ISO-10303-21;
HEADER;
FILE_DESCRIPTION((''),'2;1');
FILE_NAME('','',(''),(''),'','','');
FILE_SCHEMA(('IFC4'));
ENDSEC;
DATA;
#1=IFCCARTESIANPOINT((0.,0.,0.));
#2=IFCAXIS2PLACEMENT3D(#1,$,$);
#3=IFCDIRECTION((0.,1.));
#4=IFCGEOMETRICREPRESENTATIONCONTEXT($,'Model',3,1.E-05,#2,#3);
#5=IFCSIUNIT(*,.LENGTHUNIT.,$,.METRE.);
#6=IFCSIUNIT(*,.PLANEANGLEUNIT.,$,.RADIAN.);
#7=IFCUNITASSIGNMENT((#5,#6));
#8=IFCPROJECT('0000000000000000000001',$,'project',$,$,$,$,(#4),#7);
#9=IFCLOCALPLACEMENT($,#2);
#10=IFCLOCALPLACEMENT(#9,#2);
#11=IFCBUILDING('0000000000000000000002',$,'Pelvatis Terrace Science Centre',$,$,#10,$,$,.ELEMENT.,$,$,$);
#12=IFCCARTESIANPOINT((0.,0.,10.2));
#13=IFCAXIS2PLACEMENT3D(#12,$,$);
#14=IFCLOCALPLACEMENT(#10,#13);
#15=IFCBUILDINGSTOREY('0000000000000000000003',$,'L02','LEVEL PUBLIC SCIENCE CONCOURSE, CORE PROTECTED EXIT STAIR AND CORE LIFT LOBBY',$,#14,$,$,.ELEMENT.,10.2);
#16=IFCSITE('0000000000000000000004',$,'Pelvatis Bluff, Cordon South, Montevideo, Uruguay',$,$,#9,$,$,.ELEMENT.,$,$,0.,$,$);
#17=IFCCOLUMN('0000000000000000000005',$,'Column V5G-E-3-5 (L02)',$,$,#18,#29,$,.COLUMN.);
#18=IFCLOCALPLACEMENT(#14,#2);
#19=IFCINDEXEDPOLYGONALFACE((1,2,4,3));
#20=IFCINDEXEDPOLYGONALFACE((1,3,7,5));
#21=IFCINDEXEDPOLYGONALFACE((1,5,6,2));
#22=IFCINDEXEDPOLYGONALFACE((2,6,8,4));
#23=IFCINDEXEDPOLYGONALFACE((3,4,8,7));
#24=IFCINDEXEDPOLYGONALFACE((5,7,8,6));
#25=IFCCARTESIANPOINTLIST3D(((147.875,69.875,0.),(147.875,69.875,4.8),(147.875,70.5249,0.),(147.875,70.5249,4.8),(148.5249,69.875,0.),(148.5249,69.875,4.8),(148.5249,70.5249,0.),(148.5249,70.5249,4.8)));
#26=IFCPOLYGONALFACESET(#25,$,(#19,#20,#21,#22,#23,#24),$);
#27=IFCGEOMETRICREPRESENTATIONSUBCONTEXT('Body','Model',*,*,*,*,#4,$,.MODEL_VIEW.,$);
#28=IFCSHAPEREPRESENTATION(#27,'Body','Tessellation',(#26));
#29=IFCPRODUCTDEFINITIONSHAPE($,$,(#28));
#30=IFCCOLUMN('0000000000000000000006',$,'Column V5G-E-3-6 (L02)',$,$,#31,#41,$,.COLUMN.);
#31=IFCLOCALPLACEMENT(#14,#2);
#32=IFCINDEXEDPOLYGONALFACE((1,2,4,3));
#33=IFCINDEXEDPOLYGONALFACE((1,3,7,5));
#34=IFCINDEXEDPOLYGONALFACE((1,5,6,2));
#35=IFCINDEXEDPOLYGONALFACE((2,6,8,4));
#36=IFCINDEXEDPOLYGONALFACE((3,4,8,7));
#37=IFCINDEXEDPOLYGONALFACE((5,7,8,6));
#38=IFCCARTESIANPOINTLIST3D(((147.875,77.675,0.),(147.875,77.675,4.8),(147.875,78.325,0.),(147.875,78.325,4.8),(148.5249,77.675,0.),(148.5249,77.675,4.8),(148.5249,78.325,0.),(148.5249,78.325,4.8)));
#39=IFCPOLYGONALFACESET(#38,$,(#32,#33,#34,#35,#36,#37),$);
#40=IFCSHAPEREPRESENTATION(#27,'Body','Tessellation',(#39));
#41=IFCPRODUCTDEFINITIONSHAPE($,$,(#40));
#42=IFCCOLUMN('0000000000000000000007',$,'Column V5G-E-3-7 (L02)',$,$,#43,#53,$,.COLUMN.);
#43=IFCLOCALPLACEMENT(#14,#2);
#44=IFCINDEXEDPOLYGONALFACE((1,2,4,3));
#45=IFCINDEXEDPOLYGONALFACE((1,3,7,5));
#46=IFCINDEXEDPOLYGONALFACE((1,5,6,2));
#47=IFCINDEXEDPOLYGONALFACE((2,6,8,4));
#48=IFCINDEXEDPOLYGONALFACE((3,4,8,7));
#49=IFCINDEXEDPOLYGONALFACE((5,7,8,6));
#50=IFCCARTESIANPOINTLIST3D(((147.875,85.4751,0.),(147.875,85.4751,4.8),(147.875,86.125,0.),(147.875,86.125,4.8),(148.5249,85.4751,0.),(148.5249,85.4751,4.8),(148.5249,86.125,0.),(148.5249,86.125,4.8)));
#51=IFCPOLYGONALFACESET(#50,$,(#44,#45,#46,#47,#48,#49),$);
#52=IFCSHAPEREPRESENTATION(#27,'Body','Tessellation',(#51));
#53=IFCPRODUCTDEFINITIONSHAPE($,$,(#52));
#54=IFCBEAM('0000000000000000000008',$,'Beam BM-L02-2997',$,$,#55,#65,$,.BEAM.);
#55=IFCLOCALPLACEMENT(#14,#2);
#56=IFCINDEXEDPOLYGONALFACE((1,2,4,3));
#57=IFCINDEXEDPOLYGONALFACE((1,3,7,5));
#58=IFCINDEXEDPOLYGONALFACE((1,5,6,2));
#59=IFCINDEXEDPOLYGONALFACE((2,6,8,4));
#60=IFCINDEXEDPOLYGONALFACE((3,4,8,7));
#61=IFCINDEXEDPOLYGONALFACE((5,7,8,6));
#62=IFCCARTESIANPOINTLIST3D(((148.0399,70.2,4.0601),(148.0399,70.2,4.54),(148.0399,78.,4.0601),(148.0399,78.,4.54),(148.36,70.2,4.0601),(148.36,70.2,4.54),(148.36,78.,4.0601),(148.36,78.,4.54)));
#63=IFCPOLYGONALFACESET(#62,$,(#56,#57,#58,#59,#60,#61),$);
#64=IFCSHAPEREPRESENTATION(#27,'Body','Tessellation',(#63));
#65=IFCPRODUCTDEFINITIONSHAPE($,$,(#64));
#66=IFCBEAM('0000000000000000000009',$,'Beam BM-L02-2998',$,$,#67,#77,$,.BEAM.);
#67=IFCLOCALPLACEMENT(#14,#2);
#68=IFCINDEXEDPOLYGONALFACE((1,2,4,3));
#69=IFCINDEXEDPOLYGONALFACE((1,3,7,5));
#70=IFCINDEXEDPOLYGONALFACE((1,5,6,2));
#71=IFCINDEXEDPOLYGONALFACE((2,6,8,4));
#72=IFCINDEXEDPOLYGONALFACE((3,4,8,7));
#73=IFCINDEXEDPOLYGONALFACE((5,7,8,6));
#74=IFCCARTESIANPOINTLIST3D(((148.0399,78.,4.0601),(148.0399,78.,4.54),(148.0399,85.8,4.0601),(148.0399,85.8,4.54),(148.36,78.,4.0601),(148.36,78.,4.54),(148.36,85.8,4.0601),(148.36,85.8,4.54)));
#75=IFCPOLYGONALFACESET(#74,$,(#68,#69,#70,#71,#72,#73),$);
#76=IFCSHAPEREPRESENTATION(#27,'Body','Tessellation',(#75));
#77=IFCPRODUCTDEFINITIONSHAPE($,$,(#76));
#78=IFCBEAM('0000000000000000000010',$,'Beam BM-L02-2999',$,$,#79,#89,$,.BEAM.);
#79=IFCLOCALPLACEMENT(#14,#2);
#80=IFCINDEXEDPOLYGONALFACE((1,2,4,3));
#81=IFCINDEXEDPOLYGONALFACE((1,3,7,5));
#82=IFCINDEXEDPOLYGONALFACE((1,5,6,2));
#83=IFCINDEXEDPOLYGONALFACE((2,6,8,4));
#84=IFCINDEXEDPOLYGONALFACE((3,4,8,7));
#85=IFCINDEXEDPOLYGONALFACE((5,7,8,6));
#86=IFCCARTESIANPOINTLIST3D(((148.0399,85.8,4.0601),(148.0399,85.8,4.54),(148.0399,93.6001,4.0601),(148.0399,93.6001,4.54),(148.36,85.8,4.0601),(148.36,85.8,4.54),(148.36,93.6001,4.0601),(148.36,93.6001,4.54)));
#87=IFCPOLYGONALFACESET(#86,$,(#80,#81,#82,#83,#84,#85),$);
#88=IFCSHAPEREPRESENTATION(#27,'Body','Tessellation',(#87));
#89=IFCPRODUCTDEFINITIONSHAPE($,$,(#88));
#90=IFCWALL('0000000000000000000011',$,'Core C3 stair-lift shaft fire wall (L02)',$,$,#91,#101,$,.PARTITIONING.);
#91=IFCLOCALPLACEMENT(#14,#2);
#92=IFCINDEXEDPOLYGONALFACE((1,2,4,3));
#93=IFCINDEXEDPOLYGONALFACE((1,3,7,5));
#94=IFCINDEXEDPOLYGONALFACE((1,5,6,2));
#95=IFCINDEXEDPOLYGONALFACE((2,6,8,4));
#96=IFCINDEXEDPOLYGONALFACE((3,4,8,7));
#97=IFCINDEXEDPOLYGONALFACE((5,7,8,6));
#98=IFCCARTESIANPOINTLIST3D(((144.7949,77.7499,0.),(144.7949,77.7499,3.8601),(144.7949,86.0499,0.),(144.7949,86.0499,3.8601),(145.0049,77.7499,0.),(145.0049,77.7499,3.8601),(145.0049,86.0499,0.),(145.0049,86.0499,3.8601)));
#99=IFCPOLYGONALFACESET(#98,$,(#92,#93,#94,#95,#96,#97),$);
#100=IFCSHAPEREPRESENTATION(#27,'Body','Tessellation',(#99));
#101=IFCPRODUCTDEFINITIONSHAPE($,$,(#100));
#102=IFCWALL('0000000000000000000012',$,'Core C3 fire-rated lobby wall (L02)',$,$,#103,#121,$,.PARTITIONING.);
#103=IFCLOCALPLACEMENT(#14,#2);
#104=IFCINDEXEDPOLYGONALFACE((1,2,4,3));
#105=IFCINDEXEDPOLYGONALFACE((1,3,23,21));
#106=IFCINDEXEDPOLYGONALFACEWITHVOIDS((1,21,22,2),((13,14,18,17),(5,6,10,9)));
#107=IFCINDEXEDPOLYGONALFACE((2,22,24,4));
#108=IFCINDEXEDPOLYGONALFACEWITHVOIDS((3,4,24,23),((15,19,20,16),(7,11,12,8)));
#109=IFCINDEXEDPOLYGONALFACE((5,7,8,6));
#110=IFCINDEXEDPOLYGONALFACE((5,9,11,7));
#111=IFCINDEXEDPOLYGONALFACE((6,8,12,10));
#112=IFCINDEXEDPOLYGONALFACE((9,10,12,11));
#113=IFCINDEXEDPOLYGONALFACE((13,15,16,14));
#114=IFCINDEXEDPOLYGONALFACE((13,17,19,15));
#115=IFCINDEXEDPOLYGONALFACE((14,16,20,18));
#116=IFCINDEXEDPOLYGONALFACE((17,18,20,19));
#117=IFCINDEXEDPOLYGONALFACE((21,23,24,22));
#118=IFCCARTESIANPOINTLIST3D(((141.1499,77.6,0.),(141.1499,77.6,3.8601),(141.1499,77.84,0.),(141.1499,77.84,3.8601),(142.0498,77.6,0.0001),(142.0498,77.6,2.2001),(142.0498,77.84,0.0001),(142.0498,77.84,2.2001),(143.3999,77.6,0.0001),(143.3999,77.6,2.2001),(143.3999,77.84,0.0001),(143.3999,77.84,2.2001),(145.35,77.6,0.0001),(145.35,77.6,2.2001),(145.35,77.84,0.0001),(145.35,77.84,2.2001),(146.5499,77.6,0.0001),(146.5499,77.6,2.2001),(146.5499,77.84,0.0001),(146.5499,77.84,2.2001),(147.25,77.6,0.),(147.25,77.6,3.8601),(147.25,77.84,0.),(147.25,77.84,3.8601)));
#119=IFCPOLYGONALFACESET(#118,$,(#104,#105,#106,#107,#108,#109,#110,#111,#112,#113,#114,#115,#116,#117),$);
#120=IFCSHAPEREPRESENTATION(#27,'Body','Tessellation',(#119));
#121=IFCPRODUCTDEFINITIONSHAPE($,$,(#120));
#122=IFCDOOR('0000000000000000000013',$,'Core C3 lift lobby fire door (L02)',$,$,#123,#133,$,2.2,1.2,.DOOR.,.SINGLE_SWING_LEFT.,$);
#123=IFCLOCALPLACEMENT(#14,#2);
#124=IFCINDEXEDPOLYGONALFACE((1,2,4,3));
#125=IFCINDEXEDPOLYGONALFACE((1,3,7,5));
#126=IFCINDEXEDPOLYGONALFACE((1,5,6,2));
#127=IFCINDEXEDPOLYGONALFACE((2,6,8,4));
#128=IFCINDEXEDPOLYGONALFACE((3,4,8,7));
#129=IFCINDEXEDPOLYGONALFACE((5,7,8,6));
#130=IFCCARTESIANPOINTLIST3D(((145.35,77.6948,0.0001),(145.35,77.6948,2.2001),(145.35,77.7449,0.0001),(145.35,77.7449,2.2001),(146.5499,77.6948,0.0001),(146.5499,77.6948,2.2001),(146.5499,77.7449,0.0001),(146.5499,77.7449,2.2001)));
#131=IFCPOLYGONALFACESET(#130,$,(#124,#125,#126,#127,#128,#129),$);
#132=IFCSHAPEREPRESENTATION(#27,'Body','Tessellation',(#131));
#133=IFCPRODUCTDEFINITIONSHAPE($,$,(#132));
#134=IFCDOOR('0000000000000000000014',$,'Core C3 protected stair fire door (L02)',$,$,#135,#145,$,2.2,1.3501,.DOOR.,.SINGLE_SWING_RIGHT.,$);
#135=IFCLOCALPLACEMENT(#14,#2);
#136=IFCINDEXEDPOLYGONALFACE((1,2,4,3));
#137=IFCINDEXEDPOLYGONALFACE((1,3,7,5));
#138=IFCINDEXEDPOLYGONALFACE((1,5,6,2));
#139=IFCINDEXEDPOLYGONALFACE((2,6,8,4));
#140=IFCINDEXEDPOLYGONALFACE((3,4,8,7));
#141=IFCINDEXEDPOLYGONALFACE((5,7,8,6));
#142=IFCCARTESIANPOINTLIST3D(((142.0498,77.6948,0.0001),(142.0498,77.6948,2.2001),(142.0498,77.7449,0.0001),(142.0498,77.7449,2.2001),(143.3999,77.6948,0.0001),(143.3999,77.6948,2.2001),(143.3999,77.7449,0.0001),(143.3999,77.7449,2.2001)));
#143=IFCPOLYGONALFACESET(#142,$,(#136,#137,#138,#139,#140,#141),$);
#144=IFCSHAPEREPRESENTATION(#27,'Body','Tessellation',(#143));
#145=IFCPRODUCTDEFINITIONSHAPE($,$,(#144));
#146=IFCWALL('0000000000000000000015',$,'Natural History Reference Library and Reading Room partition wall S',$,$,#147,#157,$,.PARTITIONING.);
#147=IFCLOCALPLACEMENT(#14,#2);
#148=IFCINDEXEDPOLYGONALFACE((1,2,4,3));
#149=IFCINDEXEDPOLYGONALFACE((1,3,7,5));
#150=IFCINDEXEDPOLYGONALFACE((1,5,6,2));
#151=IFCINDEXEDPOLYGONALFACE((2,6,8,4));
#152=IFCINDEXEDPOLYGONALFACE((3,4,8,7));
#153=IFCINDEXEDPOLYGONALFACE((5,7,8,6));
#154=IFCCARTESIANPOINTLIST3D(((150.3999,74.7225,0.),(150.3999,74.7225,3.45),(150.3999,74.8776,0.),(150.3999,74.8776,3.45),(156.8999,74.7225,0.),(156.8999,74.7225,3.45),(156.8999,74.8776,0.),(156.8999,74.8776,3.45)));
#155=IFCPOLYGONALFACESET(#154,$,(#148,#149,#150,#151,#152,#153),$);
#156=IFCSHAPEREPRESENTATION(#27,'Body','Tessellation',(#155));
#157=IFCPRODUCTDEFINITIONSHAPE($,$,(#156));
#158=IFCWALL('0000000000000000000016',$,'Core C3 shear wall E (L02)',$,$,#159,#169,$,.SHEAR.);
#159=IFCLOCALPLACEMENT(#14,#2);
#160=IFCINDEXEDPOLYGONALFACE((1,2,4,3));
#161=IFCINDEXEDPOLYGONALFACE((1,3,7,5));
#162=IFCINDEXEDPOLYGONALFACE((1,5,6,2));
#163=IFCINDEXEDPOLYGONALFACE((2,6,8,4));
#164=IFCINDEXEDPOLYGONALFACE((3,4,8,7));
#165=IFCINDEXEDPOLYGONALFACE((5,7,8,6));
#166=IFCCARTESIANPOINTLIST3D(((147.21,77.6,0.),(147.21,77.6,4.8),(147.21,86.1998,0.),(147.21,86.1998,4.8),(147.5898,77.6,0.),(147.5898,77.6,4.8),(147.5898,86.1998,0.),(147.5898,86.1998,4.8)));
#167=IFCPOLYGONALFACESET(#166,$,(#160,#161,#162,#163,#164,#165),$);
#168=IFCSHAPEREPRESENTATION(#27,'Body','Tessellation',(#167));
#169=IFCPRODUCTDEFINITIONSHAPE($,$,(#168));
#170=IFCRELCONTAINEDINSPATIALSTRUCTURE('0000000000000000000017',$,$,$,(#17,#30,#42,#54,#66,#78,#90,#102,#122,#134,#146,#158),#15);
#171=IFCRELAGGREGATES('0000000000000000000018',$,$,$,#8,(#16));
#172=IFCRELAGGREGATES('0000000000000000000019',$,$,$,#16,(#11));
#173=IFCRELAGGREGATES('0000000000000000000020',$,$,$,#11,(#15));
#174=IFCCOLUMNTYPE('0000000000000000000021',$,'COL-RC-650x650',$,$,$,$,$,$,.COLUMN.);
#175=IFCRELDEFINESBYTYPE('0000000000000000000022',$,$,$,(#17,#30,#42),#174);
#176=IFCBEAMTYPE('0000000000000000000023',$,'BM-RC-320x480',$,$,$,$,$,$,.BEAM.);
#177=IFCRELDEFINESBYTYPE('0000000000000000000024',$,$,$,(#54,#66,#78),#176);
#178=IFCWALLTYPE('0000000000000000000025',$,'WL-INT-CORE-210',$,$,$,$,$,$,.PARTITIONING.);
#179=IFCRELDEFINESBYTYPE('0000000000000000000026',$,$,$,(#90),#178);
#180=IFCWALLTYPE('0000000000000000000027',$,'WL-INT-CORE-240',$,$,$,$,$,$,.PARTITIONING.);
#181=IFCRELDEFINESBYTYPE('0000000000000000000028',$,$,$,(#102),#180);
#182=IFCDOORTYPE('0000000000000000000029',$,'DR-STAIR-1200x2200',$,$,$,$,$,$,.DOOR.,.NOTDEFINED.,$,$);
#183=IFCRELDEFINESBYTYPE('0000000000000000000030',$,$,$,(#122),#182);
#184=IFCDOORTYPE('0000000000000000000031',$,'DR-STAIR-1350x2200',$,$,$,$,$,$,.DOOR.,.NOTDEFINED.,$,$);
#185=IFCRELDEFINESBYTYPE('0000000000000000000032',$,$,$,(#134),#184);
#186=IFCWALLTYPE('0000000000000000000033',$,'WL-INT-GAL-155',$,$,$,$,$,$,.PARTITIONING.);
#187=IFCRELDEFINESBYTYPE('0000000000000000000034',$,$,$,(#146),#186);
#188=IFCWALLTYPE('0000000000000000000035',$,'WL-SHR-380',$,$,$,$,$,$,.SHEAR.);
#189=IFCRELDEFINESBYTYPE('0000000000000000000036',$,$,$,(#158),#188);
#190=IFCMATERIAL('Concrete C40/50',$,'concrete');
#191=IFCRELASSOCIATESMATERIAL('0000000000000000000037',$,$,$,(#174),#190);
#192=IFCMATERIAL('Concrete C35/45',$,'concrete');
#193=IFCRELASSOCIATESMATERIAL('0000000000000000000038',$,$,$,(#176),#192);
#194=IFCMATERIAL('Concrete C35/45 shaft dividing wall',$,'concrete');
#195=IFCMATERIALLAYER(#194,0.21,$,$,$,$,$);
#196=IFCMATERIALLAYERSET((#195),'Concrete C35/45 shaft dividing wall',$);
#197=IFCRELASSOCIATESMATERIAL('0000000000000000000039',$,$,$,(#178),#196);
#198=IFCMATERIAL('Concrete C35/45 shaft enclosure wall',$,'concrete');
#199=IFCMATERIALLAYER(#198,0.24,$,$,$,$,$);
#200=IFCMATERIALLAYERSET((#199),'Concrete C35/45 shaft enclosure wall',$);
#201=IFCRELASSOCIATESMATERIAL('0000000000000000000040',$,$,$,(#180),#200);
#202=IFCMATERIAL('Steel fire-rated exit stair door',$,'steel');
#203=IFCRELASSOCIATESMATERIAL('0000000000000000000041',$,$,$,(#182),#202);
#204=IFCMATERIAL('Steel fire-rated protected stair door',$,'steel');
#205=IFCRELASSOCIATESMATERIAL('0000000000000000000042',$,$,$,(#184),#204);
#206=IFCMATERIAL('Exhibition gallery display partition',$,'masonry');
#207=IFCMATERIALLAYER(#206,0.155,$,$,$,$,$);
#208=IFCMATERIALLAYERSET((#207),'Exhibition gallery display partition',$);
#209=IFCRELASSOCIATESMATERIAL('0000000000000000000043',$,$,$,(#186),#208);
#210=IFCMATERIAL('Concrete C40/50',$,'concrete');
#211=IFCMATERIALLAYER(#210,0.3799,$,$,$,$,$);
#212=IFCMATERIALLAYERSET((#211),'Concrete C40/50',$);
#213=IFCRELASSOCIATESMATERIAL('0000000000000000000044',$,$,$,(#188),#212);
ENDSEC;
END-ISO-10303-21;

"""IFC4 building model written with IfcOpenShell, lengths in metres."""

from ifc_helpers import new_model, si_unit, direction, frame, frame_2d, origin, origin_2d, place, context, subcontext, project, spatial, rectangle, extrude, material, layer, layer_set, material_profile, profile_set, type_object, element, fill, save


model = new_model("IFC4")

# Units and contexts
model_context = context("Model", 3, precision=1e-05, world=origin(), true_north=direction((0.0, 1.0)))
body_context = subcontext(model_context, "Body", "Model", "MODEL_VIEW")
ifc_project = project(units=[si_unit("LENGTHUNIT", "METRE"), si_unit("PLANEANGLEUNIT", "RADIAN")], contexts=[model_context])

# Site, building, storey
site_placement = place(None, origin())
site = spatial("IfcSite", under=ifc_project, at=site_placement, Name="Pelvatis Bluff, Cordon South, Montevideo, Uruguay", CompositionType="ELEMENT", RefElevation=0.0)
building_placement = place(site_placement, origin())
building = spatial("IfcBuilding", under=site, at=building_placement, Name="Pelvatis Terrace Science Centre", CompositionType="ELEMENT")
storey_placement = place(building_placement, frame((0.0, 0.0, 10.2)))
storey = spatial("IfcBuildingStorey", under=building, at=storey_placement, Name="L02", Description="LEVEL PUBLIC SCIENCE CONCOURSE, CORE PROTECTED EXIT STAIR AND CORE LIFT LOBBY", CompositionType="ELEMENT", Elevation=10.2)

# Columns
ifc_material_1 = material(Name="Concrete C40/50", Category="concrete")
ifc_material_profile_1 = material_profile(ifc_material_1, rectangle(XDim=0.6499, YDim=0.6499, at=origin_2d()), Name="RC-COL 650x650")
ifc_profile_set_1 = profile_set([ifc_material_profile_1], Name="Concrete C40/50")
column_type = type_object("IfcColumnType", Name="COL-RC-650x650", PredefinedType="COLUMN", material=ifc_profile_set_1)
for number, where, z_axis, x_axis, name in (
    (1, (148.2, 70.2, 0.0), (0.0, 0.0, 1.0), (1.0, 0.0, 0.0), "Column V5G-E-3-5 (L02)"),
    (2, (148.2, 78.0, 0.0), (0.0, 0.0, 1.0), (1.0, 0.0, 0.0), "Column V5G-E-3-6 (L02)"),
    (3, (148.2, 85.8, 0.0), (0.0, 0.0, 1.0), (1.0, 0.0, 0.0), "Column V5G-E-3-7 (L02)"),
):
    element("IfcColumn", number, at=place(storey_placement, frame(where, z_axis=z_axis, x_axis=x_axis)), inside=storey, type_object=column_type, Name=name, PredefinedType="COLUMN", context=body_context, shape_type="SweptSolid", body=[
        extrude(rectangle(XDim=0.6499, YDim=0.6499, at=origin_2d()), origin(), (0.0, 0.0, 1.0), 4.8),
    ])

# Beams
ifc_material_2 = material(Name="Concrete C35/45", Category="concrete")
ifc_material_profile_2 = material_profile(ifc_material_2, rectangle(XDim=0.3201, YDim=0.48, at=origin_2d()), Name="RC-BM 320x480")
ifc_profile_set_2 = profile_set([ifc_material_profile_2], Name="Concrete C35/45")
beam_type = type_object("IfcBeamType", Name="BM-RC-320x480", PredefinedType="BEAM", material=ifc_profile_set_2)
for number, where, z_axis, x_axis, name in (
    (4, (148.2, 70.2, 4.3), (0.0, 1.0, 0.0), (-1.0, 0.0, 0.0), "Beam BM-L02-2997"),
    (5, (148.2, 78.0, 4.3), (0.0, 1.0, 0.0), (-1.0, 0.0, 0.0), "Beam BM-L02-2998"),
    (6, (148.2, 85.8, 4.3), (0.0, 1.0, 0.0), (-1.0, 0.0, 0.0), "Beam BM-L02-2999"),
):
    element("IfcBeam", number, at=place(storey_placement, frame(where, z_axis=z_axis, x_axis=x_axis)), inside=storey, type_object=beam_type, Name=name, PredefinedType="BEAM", context=body_context, shape_type="SweptSolid", body=[
        extrude(rectangle(XDim=0.3201, YDim=0.48, at=origin_2d()), origin(), (0.0, 0.0, 1.0), 7.8),
    ])

# Wall
ifc_material_3 = material(Name="Concrete C35/45 shaft dividing wall", Category="concrete")
ifc_layer_1 = layer(ifc_material_3, 0.21)
ifc_layer_set_1 = layer_set([ifc_layer_1], Name="Concrete C35/45 shaft dividing wall")
wall_type_1 = type_object("IfcWallType", Name="WL-INT-CORE-210", PredefinedType="PARTITIONING", material=ifc_layer_set_1)
wall_1_placement = place(storey_placement, frame((144.8999, 77.75, 0.0), z_axis=(0.0, 0.0, 1.0), x_axis=(0.0, 1.0, 0.0)))
element("IfcWall", 7, at=wall_1_placement, inside=storey, type_object=wall_type_1, Name="Core C3 stair-lift shaft fire wall (L02)", PredefinedType="PARTITIONING", context=body_context, shape_type="SweptSolid", body=[
    extrude(rectangle(XDim=8.3, YDim=0.21, at=frame_2d((4.1499, 0.0))), origin(), (0.0, 0.0, 1.0), 3.8601),
])

# Wall, openings, doors
ifc_material_4 = material(Name="Concrete C35/45 shaft enclosure wall", Category="concrete")
ifc_layer_2 = layer(ifc_material_4, 0.24)
ifc_layer_set_2 = layer_set([ifc_layer_2], Name="Concrete C35/45 shaft enclosure wall")
wall_type_2 = type_object("IfcWallType", Name="WL-INT-CORE-240", PredefinedType="PARTITIONING", material=ifc_layer_set_2)
wall_2_placement = place(storey_placement, frame((141.1499, 77.72, 0.0), z_axis=(0.0, 0.0, 1.0), x_axis=(1.0, 0.0, 0.0)))
wall_2 = element("IfcWall", 8, at=wall_2_placement, inside=storey, type_object=wall_type_2, Name="Core C3 fire-rated lobby wall (L02)", PredefinedType="PARTITIONING", context=body_context, shape_type="SweptSolid", body=[
    extrude(rectangle(XDim=6.1001, YDim=0.24, at=frame_2d((3.05, 0.0))), origin(), (0.0, 0.0, 1.0), 3.8601),
])
opening_1_placement = place(wall_2_placement, frame((0.8999, 0.0, 0.0)))
opening_1 = element("IfcOpeningElement", 9, at=opening_1_placement, cuts=wall_2, PredefinedType="OPENING", context=body_context, shape_type="SweptSolid", body=[
    extrude(rectangle(XDim=1.3501, YDim=2.2, at=frame_2d((0.675, 1.1001))), frame((0.0, 0.1299, 0.0), z_axis=(0.0, -1.0, 0.0), x_axis=(1.0, 0.0, 0.0)), (0.0, 0.0, 1.0), 0.26),
])
opening_2_placement = place(wall_2_placement, frame((4.2, 0.0, 0.0)))
opening_2 = element("IfcOpeningElement", 10, at=opening_2_placement, cuts=wall_2, PredefinedType="OPENING", context=body_context, shape_type="SweptSolid", body=[
    extrude(rectangle(XDim=1.2, YDim=2.2, at=frame_2d((0.6001, 1.1001))), frame((0.0, 0.1299, 0.0), z_axis=(0.0, -1.0, 0.0), x_axis=(1.0, 0.0, 0.0)), (0.0, 0.0, 1.0), 0.26),
])
ifc_material_5 = material(Name="Steel fire-rated exit stair door", Category="steel")
door_type_1 = type_object("IfcDoorType", Name="DR-STAIR-1200x2200", OperationType="NOTDEFINED", PredefinedType="DOOR", material=ifc_material_5)
door_1_placement = place(opening_2_placement, origin())
door_1 = element("IfcDoor", 11, at=door_1_placement, inside=storey, type_object=door_type_1, Name="Core C3 lift lobby fire door (L02)", OperationType="SINGLE_SWING_LEFT", OverallHeight=2.2, OverallWidth=1.2, PredefinedType="DOOR", context=body_context, shape_type="SweptSolid", body=[
    extrude(rectangle(XDim=1.2, YDim=2.2, at=frame_2d((0.6001, 1.1001))), frame((0.0, 0.0249, 0.0), z_axis=(0.0, -1.0, 0.0), x_axis=(1.0, 0.0, 0.0)), (0.0, 0.0, 1.0), 0.05),
])
fill(opening_2, door_1)
ifc_material_6 = material(Name="Steel fire-rated protected stair door", Category="steel")
door_type_2 = type_object("IfcDoorType", Name="DR-STAIR-1350x2200", OperationType="NOTDEFINED", PredefinedType="DOOR", material=ifc_material_6)
door_2_placement = place(opening_1_placement, origin())
door_2 = element("IfcDoor", 12, at=door_2_placement, inside=storey, type_object=door_type_2, Name="Core C3 protected stair fire door (L02)", OperationType="SINGLE_SWING_RIGHT", OverallHeight=2.2, OverallWidth=1.3501, PredefinedType="DOOR", context=body_context, shape_type="SweptSolid", body=[
    extrude(rectangle(XDim=1.3501, YDim=2.2, at=frame_2d((0.675, 1.1001))), frame((0.0, 0.0249, 0.0), z_axis=(0.0, -1.0, 0.0), x_axis=(1.0, 0.0, 0.0)), (0.0, 0.0, 1.0), 0.05),
])
fill(opening_1, door_2)

# Walls
ifc_material_7 = material(Name="Exhibition gallery display partition", Category="masonry")
ifc_layer_3 = layer(ifc_material_7, 0.155)
ifc_layer_set_3 = layer_set([ifc_layer_3], Name="Exhibition gallery display partition")
wall_type_3 = type_object("IfcWallType", Name="WL-INT-GAL-155", PredefinedType="PARTITIONING", material=ifc_layer_set_3)
wall_3_placement = place(storey_placement, frame((150.3999, 74.8, 0.0), z_axis=(0.0, 0.0, 1.0), x_axis=(1.0, 0.0, 0.0)))
element("IfcWall", 13, at=wall_3_placement, inside=storey, type_object=wall_type_3, Name="Natural History Reference Library and Reading Room partition wall S", PredefinedType="PARTITIONING", context=body_context, shape_type="SweptSolid", body=[
    extrude(rectangle(XDim=6.5, YDim=0.155, at=frame_2d((3.25, 0.0))), origin(), (0.0, 0.0, 1.0), 3.45),
])
ifc_material_8 = material(Name="Concrete C40/50", Category="concrete")
ifc_layer_4 = layer(ifc_material_8, 0.3799)
ifc_layer_set_4 = layer_set([ifc_layer_4], Name="Concrete C40/50")
wall_type_4 = type_object("IfcWallType", Name="WL-SHR-380", PredefinedType="SHEAR", material=ifc_layer_set_4)
wall_4_placement = place(storey_placement, frame((147.3999, 77.6001, 0.0), z_axis=(0.0, 0.0, 1.0), x_axis=(0.0, 1.0, 0.0)))
element("IfcWall", 14, at=wall_4_placement, inside=storey, type_object=wall_type_4, Name="Core C3 shear wall E (L02)", PredefinedType="SHEAR", context=body_context, shape_type="SweptSolid", body=[
    extrude(rectangle(XDim=8.5999, YDim=0.3799, at=frame_2d((4.2998, 0.0))), origin(), (0.0, 0.0, 1.0), 4.8),
])

save(model, "model.ifc")
